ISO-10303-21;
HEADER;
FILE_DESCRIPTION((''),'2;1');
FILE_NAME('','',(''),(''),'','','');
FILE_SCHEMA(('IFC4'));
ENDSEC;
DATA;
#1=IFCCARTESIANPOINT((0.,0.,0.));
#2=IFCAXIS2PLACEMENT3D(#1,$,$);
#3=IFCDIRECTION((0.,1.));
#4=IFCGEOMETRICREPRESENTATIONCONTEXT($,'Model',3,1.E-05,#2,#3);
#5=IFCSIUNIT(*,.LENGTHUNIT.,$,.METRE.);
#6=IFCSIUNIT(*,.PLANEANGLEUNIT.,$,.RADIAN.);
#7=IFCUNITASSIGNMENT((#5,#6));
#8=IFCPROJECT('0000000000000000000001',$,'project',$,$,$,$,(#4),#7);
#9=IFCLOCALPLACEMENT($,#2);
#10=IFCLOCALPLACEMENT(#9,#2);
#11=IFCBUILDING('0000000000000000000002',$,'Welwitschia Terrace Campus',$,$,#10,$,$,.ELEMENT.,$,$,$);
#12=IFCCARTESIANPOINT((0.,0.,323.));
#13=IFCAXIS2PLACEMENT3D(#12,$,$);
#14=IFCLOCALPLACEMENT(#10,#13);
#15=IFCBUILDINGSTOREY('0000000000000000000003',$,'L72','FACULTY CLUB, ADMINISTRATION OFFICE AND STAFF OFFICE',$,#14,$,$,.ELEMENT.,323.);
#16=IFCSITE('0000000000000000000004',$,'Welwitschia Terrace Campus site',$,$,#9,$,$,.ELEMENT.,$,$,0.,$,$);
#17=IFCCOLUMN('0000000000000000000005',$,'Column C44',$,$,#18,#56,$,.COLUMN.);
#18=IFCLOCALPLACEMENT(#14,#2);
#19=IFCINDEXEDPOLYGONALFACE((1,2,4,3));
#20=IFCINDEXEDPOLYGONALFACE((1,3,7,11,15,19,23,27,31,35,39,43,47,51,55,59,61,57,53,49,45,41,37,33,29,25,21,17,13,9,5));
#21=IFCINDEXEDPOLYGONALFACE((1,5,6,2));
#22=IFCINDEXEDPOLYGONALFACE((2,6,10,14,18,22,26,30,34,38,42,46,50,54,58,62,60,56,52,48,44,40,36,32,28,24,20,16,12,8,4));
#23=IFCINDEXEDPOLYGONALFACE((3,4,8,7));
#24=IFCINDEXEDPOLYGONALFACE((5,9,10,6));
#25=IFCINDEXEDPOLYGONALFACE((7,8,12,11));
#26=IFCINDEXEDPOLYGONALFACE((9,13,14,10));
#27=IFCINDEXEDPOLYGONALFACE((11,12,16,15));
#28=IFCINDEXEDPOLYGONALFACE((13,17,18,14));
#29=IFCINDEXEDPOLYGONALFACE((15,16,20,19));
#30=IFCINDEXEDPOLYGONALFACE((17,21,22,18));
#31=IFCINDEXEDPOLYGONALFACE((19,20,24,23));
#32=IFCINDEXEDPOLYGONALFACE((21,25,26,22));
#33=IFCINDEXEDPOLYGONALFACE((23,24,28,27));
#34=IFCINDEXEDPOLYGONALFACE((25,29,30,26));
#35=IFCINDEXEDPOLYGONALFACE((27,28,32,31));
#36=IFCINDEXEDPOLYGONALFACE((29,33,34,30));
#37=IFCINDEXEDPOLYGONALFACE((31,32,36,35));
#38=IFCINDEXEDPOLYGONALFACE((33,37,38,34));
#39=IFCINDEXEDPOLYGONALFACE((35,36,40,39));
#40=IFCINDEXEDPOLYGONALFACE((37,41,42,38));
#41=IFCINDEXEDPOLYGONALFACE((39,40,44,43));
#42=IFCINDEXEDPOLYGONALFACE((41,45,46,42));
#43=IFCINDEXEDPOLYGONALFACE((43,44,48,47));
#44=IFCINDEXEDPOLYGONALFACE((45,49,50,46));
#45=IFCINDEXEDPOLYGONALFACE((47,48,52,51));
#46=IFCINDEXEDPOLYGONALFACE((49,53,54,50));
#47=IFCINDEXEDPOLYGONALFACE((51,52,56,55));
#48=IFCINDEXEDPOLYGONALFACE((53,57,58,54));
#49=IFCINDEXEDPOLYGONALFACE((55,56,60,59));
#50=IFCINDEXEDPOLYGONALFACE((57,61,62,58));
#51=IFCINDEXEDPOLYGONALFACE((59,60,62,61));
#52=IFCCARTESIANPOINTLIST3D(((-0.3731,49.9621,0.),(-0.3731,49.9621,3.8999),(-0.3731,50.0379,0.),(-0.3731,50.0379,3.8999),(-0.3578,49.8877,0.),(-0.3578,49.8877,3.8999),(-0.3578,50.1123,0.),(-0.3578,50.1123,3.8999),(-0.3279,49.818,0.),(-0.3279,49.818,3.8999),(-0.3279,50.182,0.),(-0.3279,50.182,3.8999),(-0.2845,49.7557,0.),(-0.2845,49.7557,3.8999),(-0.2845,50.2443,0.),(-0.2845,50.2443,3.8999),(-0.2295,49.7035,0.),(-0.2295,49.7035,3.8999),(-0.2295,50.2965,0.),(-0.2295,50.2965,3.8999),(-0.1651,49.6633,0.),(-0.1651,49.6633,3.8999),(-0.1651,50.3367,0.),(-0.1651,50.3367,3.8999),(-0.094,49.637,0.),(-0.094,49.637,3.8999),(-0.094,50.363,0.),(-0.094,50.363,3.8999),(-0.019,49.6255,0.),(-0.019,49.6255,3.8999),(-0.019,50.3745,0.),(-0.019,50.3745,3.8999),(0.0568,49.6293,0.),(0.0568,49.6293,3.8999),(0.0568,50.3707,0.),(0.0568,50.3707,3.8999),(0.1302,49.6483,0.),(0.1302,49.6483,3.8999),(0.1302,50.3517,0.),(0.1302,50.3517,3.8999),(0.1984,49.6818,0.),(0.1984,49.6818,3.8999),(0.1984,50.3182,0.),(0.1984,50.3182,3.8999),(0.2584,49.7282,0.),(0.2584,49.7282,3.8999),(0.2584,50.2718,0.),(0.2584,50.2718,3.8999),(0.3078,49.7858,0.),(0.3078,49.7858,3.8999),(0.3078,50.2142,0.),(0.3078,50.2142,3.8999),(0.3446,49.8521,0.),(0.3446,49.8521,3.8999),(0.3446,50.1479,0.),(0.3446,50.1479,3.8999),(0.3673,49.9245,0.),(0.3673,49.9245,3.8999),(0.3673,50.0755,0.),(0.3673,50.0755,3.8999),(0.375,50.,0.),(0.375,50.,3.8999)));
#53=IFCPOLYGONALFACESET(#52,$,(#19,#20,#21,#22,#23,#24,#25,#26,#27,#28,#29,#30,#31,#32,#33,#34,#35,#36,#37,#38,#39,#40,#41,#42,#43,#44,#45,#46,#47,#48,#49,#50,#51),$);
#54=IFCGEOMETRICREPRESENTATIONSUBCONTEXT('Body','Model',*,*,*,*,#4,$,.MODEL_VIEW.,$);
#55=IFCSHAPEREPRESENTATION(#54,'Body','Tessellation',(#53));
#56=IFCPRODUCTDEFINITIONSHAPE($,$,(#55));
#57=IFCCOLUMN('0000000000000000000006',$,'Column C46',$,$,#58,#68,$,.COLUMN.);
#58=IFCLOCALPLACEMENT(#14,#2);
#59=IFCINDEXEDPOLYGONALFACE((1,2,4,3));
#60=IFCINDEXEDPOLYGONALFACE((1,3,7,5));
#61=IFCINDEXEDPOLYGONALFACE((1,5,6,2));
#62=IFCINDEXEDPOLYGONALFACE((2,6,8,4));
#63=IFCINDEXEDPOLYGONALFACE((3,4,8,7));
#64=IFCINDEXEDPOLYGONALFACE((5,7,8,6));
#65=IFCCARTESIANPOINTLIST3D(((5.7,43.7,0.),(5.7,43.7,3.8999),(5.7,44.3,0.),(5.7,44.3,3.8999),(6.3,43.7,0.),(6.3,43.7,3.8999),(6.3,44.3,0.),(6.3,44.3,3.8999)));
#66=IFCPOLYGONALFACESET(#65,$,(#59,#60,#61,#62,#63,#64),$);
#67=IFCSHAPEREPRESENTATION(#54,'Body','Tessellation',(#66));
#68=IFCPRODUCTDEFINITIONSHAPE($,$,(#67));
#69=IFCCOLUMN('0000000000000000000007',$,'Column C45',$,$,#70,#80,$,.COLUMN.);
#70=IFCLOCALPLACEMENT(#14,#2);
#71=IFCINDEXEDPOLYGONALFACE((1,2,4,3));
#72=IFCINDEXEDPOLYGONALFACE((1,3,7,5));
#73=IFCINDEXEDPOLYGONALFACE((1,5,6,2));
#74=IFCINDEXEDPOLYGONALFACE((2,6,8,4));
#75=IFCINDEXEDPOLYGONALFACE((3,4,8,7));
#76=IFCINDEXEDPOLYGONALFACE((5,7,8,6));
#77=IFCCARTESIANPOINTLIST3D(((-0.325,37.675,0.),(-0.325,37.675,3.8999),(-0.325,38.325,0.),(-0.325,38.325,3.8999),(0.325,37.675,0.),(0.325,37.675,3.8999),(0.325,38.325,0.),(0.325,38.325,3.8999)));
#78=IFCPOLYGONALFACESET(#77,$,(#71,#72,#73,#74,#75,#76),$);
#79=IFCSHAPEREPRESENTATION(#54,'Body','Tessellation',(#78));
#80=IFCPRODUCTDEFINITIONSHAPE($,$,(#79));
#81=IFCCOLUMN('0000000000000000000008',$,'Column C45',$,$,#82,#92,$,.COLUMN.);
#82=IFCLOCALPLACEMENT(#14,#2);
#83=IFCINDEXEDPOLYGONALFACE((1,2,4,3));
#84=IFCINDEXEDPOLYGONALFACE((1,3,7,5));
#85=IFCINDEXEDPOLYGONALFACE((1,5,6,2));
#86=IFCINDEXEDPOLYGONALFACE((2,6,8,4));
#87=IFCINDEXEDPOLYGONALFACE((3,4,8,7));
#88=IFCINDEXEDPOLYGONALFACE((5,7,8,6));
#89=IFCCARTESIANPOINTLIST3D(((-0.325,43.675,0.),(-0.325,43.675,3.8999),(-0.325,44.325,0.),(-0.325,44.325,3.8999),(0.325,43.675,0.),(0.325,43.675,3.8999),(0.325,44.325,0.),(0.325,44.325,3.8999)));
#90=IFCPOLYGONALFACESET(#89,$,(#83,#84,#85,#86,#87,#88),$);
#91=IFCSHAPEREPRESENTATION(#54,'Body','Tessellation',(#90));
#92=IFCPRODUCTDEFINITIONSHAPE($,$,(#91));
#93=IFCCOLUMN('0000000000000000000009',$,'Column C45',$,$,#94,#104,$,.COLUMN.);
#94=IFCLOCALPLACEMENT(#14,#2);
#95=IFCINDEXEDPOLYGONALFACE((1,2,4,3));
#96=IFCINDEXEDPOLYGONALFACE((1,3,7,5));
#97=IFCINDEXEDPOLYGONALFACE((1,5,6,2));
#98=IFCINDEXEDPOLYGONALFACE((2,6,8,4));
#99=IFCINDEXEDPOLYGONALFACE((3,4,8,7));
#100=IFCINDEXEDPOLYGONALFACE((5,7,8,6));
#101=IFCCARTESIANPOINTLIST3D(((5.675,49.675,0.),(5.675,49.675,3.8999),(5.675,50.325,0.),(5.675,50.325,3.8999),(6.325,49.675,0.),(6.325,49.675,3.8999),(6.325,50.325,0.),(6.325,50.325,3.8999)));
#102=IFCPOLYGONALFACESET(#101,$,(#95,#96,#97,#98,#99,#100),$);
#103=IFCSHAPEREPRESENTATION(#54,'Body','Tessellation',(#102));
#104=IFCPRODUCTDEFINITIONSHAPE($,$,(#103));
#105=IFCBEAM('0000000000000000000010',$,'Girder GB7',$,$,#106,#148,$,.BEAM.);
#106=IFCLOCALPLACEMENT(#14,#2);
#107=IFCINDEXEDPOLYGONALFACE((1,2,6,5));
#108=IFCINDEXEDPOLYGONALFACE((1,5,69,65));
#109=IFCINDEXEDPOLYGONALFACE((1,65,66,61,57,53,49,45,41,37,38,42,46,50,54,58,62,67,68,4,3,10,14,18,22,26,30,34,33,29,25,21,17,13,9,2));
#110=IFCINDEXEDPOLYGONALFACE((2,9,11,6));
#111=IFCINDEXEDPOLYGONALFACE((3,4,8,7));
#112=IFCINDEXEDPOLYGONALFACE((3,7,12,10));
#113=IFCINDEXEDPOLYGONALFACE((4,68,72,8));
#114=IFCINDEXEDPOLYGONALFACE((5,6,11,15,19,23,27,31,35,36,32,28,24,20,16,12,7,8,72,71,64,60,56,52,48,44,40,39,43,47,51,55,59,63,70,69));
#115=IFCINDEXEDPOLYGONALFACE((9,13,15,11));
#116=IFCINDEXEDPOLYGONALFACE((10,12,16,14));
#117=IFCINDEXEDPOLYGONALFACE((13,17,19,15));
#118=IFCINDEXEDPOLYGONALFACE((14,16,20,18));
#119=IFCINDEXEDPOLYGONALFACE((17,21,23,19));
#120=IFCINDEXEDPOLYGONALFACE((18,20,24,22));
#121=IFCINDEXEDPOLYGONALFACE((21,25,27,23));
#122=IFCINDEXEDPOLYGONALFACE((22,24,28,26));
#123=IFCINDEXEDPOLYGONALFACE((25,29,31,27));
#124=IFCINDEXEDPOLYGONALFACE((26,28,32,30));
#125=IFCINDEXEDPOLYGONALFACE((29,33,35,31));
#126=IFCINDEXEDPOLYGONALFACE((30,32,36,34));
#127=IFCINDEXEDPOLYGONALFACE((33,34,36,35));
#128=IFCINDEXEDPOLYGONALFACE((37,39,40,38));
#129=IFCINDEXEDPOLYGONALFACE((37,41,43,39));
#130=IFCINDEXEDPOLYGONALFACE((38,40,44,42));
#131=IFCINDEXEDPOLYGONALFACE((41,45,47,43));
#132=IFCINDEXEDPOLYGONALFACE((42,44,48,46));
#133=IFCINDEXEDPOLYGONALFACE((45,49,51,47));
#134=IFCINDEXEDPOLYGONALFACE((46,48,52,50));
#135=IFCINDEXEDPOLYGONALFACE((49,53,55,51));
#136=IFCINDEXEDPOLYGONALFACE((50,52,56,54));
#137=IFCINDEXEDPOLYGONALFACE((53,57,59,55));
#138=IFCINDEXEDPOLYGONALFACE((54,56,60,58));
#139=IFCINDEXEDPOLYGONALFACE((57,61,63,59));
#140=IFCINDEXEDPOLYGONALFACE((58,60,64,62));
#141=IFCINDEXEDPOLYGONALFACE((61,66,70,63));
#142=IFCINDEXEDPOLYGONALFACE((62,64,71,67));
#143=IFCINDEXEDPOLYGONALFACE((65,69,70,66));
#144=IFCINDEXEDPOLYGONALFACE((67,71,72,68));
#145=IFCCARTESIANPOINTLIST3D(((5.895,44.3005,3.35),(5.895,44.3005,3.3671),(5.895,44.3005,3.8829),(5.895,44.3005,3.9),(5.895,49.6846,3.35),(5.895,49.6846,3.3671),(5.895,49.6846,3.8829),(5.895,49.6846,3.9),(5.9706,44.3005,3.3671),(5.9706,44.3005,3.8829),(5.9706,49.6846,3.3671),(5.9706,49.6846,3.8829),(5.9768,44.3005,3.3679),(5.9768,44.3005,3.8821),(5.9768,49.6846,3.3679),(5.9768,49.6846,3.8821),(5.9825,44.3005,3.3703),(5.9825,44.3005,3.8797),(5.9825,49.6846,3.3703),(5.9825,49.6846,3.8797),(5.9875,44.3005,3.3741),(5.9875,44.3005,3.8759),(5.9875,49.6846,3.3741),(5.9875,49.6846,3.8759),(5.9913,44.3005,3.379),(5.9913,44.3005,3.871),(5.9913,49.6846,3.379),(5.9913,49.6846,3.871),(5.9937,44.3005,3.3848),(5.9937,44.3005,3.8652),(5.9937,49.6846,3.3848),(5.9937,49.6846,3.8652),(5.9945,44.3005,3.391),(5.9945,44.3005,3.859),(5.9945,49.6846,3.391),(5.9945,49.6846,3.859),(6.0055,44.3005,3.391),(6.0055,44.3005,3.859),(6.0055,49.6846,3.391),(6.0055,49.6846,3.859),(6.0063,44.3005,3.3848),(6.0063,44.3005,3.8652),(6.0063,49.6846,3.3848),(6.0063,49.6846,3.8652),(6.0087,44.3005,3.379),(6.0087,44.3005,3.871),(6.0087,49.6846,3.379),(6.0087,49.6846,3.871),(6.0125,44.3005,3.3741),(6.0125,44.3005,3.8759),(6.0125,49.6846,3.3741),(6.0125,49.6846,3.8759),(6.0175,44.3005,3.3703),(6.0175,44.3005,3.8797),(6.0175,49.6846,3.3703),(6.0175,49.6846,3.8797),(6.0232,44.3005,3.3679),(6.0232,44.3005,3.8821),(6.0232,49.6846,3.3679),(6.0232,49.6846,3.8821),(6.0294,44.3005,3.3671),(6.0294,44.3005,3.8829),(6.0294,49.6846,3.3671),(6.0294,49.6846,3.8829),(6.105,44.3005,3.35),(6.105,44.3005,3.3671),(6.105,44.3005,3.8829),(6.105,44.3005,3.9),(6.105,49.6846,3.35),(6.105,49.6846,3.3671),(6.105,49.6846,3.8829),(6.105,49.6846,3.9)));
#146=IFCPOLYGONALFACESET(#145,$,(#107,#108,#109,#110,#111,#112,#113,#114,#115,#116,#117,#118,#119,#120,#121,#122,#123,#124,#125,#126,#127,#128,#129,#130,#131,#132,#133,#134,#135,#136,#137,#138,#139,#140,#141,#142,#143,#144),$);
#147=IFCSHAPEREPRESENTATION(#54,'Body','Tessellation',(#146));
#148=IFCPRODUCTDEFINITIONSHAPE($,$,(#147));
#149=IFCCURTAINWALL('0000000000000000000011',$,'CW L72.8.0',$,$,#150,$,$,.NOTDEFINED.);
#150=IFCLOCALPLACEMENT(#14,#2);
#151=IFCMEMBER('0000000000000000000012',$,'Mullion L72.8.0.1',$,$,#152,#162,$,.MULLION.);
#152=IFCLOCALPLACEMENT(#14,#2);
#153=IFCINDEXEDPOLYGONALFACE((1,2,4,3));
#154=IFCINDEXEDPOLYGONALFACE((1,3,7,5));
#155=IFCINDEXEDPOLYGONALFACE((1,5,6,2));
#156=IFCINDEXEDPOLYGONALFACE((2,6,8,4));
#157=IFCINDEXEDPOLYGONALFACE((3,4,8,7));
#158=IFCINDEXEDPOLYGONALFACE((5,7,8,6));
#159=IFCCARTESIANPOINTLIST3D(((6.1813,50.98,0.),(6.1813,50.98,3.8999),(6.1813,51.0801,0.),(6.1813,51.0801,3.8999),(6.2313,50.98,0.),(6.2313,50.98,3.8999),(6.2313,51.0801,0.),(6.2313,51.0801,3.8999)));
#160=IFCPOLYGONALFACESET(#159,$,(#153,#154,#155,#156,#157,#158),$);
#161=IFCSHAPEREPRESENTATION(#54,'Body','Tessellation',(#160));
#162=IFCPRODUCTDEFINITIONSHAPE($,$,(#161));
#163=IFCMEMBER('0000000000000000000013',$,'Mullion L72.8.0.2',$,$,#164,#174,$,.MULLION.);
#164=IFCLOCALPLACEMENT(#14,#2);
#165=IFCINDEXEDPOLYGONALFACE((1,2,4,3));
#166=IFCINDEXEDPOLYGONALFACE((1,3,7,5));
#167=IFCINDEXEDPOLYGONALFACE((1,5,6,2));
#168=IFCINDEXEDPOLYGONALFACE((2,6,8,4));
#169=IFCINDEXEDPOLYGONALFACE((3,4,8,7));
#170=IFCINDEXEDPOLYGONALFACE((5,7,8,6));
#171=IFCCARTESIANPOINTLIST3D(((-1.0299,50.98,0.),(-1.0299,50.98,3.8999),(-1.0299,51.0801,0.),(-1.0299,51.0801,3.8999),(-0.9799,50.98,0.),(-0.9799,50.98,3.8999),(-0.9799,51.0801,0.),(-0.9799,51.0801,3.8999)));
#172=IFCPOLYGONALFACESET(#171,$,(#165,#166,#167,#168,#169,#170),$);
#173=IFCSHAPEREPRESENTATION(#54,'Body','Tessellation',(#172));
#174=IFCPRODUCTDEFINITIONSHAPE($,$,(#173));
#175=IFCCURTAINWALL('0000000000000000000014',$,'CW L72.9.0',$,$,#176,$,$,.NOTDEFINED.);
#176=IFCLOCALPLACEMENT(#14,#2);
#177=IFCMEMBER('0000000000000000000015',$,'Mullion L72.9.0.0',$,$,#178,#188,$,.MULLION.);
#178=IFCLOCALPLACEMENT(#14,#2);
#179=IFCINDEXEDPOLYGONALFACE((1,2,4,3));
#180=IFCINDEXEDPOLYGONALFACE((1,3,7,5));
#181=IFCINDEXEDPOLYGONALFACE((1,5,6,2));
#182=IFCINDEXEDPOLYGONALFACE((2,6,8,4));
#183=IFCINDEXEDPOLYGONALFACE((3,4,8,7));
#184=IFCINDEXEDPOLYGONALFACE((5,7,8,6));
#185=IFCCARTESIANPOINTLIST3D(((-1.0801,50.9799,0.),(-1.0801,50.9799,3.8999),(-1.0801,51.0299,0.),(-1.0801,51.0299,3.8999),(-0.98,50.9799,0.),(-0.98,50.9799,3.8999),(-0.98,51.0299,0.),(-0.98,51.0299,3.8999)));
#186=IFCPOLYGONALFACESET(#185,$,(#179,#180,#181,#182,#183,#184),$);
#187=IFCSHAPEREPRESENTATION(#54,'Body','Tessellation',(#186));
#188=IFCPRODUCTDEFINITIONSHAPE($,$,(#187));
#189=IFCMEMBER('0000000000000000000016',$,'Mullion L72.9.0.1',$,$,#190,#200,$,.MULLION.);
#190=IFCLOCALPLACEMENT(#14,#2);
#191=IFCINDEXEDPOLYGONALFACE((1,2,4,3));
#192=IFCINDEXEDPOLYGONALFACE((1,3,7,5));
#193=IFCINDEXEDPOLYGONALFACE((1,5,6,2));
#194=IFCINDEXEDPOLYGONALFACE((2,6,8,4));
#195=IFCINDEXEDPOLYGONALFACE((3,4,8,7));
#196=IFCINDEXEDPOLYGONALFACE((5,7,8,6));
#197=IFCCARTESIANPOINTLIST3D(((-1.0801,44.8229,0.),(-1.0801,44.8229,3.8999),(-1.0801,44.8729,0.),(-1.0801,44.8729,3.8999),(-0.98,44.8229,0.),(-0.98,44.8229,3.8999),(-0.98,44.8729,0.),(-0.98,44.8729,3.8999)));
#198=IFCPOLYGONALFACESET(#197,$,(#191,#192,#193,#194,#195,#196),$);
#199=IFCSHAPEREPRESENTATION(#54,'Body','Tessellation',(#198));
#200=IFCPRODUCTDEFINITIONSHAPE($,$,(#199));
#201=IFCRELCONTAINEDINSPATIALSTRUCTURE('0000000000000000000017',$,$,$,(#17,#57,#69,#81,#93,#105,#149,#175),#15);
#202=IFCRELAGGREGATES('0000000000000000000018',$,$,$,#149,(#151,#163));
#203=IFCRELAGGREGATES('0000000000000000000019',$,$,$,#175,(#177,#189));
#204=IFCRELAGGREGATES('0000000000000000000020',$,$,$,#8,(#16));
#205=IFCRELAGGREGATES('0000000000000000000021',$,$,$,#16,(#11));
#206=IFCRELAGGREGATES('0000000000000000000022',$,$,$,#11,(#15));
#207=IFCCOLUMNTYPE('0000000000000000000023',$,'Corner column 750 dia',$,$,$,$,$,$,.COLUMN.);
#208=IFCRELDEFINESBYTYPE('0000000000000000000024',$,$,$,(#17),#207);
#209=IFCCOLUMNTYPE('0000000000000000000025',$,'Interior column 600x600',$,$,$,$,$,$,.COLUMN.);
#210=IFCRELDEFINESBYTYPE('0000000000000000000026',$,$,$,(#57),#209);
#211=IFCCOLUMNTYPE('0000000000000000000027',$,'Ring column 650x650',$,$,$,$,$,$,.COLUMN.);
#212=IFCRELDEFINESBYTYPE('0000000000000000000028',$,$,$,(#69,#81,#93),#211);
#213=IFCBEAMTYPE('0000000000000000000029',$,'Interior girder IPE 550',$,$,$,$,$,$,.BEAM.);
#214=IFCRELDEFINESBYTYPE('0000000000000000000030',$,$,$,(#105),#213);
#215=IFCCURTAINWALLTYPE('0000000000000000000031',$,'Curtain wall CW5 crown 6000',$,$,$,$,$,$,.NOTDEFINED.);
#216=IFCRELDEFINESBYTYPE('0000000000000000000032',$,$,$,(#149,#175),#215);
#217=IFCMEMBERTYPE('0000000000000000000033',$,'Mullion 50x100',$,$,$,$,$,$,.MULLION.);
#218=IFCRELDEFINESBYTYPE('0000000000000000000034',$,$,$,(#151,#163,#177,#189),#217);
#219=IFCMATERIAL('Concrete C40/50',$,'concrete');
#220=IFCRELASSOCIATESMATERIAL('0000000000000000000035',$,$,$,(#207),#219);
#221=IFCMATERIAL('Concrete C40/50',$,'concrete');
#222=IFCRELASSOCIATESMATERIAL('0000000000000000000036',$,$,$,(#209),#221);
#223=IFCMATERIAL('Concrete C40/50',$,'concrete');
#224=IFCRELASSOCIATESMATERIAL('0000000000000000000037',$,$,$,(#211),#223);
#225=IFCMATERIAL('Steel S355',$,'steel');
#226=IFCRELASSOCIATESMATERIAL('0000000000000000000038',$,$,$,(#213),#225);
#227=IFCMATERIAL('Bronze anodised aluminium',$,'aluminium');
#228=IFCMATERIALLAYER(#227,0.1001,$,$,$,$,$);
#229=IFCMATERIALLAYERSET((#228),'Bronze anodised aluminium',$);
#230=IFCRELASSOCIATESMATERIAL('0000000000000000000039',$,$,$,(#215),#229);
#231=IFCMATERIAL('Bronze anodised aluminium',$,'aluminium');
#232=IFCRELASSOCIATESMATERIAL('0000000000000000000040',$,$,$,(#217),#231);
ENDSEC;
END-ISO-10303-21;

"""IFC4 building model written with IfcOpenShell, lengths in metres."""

from ifc_helpers import new_model, si_unit, direction, frame, origin, origin_2d, place, context, subcontext, project, spatial, rectangle, circle, i_section, extrude, material, layer, layer_set, material_profile, profile_set, type_object, element, aggregate, save


model = new_model("IFC4")

# Units and contexts
model_context = context("Model", 3, precision=1e-05, world=origin(), true_north=direction((0.0, 1.0)))
body_context = subcontext(model_context, "Body", "Model", "MODEL_VIEW")
ifc_project = project(units=[si_unit("LENGTHUNIT", "METRE"), si_unit("PLANEANGLEUNIT", "RADIAN")], contexts=[model_context])

# Site, building, storey
site_placement = place(None, origin())
site = spatial("IfcSite", under=ifc_project, at=site_placement, Name="Welwitschia Terrace Campus site", CompositionType="ELEMENT", RefElevation=0.0)
building_placement = place(site_placement, origin())
building = spatial("IfcBuilding", under=site, at=building_placement, Name="Welwitschia Terrace Campus", CompositionType="ELEMENT")
storey_placement = place(building_placement, frame((0.0, 0.0, 323.0)))
storey = spatial("IfcBuildingStorey", under=building, at=storey_placement, Name="L72", Description="FACULTY CLUB, ADMINISTRATION OFFICE AND STAFF OFFICE", CompositionType="ELEMENT", Elevation=323.0)

# Columns
ifc_material_1 = material(Name="Concrete C40/50", Category="concrete")
ifc_material_profile_1 = material_profile(ifc_material_1, circle(Radius=0.375, at=origin_2d()))
ifc_profile_set_1 = profile_set([ifc_material_profile_1], Name="Concrete C40/50")
column_type_1 = type_object("IfcColumnType", Name="Corner column 750 dia", PredefinedType="COLUMN", material=ifc_profile_set_1)
column_1_placement = place(storey_placement, frame((0.0, 50.0, 0.0), z_axis=(0.0, 0.0, 1.0), x_axis=(1.0, 0.0, 0.0)))
element("IfcColumn", 1, at=column_1_placement, inside=storey, type_object=column_type_1, Name="Column C44", PredefinedType="COLUMN", context=body_context, shape_type="SweptSolid", body=[
    extrude(circle(Radius=0.375, at=origin_2d()), origin(), (0.0, 0.0, 1.0), 3.8999),
])
ifc_material_2 = material(Name="Concrete C40/50", Category="concrete")
ifc_material_profile_2 = material_profile(ifc_material_2, rectangle(XDim=0.6001, YDim=0.6001, at=origin_2d()))
ifc_profile_set_2 = profile_set([ifc_material_profile_2], Name="Concrete C40/50")
column_type_2 = type_object("IfcColumnType", Name="Interior column 600x600", PredefinedType="COLUMN", material=ifc_profile_set_2)
column_2_placement = place(storey_placement, frame((6.0, 44.0, 0.0), z_axis=(0.0, 0.0, 1.0), x_axis=(1.0, 0.0, 0.0)))
element("IfcColumn", 2, at=column_2_placement, inside=storey, type_object=column_type_2, Name="Column C46", PredefinedType="COLUMN", context=body_context, shape_type="SweptSolid", body=[
    extrude(rectangle(XDim=0.6001, YDim=0.6001, at=origin_2d()), origin(), (0.0, 0.0, 1.0), 3.8999),
])
ifc_material_3 = material(Name="Concrete C40/50", Category="concrete")
ifc_material_profile_3 = material_profile(ifc_material_3, rectangle(XDim=0.6499, YDim=0.6499, at=origin_2d()))
ifc_profile_set_3 = profile_set([ifc_material_profile_3], Name="Concrete C40/50")
column_type_3 = type_object("IfcColumnType", Name="Ring column 650x650", PredefinedType="COLUMN", material=ifc_profile_set_3)
for number, where, z_axis, x_axis, name in (
    (3, (0.0, 38.0, 0.0), (0.0, 0.0, 1.0), (1.0, 0.0, 0.0), "Column C45"),
    (4, (0.0, 44.0, 0.0), (0.0, 0.0, 1.0), (1.0, 0.0, 0.0), "Column C45"),
    (5, (6.0, 50.0, 0.0), (0.0, 0.0, 1.0), (1.0, 0.0, 0.0), "Column C45"),
):
    element("IfcColumn", number, at=place(storey_placement, frame(where, z_axis=z_axis, x_axis=x_axis)), inside=storey, type_object=column_type_3, Name=name, PredefinedType="COLUMN", context=body_context, shape_type="SweptSolid", body=[
        extrude(rectangle(XDim=0.6499, YDim=0.6499, at=origin_2d()), origin(), (0.0, 0.0, 1.0), 3.8999),
    ])

# Beam
ifc_material_4 = material(Name="Steel S355", Category="steel")
ifc_material_profile_4 = material_profile(ifc_material_4, i_section(OverallWidth=0.21, OverallDepth=0.55, WebThickness=0.011, FlangeThickness=0.0171, FilletRadius=0.0239, at=origin_2d()))
ifc_profile_set_4 = profile_set([ifc_material_profile_4], Name="Steel S355")
beam_type_1 = type_object("IfcBeamType", Name="Interior girder IPE 550", PredefinedType="BEAM", material=ifc_profile_set_4)
beam_1_placement = place(storey_placement, frame((6.0, 44.3005, 3.625), z_axis=(0.0, 1.0, 0.0), x_axis=(-1.0, 0.0, 0.0)))
element("IfcBeam", 6, at=beam_1_placement, inside=storey, type_object=beam_type_1, Name="Girder GB7", PredefinedType="BEAM", context=body_context, shape_type="SweptSolid", body=[
    extrude(i_section(OverallWidth=0.21, OverallDepth=0.55, WebThickness=0.011, FlangeThickness=0.0171, FilletRadius=0.0239, at=origin_2d()), origin(), (0.0, 0.0, 1.0), 5.384),
])

# Curtain walls, members
ifc_material_5 = material(Name="Bronze anodised aluminium", Category="aluminium")
ifc_layer_1 = layer(ifc_material_5, 0.1001)
ifc_layer_set_1 = layer_set([ifc_layer_1], Name="Bronze anodised aluminium")
curtain_wall_type = type_object("IfcCurtainWallType", Name="Curtain wall CW5 crown 6000", PredefinedType="NOTDEFINED", material=ifc_layer_set_1)
curtain_wall_1_placement = place(storey_placement, origin())
curtain_wall_1 = element("IfcCurtainWall", 7, at=curtain_wall_1_placement, inside=storey, type_object=curtain_wall_type, Name="CW L72.8.0", PredefinedType="NOTDEFINED")
ifc_material_6 = material(Name="Bronze anodised aluminium", Category="aluminium")
ifc_material_profile_5 = material_profile(ifc_material_6, rectangle(XDim=0.1001, YDim=0.05, at=origin_2d()))
ifc_profile_set_5 = profile_set([ifc_material_profile_5], Name="Bronze anodised aluminium")
member_type_1 = type_object("IfcMemberType", Name="Mullion 50x100", PredefinedType="MULLION", material=ifc_profile_set_5)
member_1_placement = place(storey_placement, frame((6.2063, 51.03, 0.0), z_axis=(0.0, 0.0, 1.0), x_axis=(0.0, -1.0, 0.0)))
member_1 = element("IfcMember", 8, at=member_1_placement, type_object=member_type_1, Name="Mullion L72.8.0.1", PredefinedType="MULLION", context=body_context, shape_type="SweptSolid", body=[
    extrude(rectangle(XDim=0.1001, YDim=0.05, at=origin_2d()), origin(), (0.0, 0.0, 1.0), 3.8999),
])
member_2_placement = place(storey_placement, frame((-1.0049, 51.03, 0.0), z_axis=(0.0, 0.0, 1.0), x_axis=(0.0, -1.0, 0.0)))
member_2 = element("IfcMember", 9, at=member_2_placement, type_object=member_type_1, Name="Mullion L72.8.0.2", PredefinedType="MULLION", context=body_context, shape_type="SweptSolid", body=[
    extrude(rectangle(XDim=0.1001, YDim=0.05, at=origin_2d()), origin(), (0.0, 0.0, 1.0), 3.8999),
])
curtain_wall_2_placement = place(storey_placement, origin())
curtain_wall_2 = element("IfcCurtainWall", 10, at=curtain_wall_2_placement, inside=storey, type_object=curtain_wall_type, Name="CW L72.9.0", PredefinedType="NOTDEFINED")
member_3_placement = place(storey_placement, frame((-1.03, 51.0049, 0.0), z_axis=(0.0, 0.0, 1.0), x_axis=(1.0, 0.0, 0.0)))
member_3 = element("IfcMember", 11, at=member_3_placement, type_object=member_type_1, Name="Mullion L72.9.0.0", PredefinedType="MULLION", context=body_context, shape_type="SweptSolid", body=[
    extrude(rectangle(XDim=0.1001, YDim=0.05, at=origin_2d()), origin(), (0.0, 0.0, 1.0), 3.8999),
])
member_4_placement = place(storey_placement, frame((-1.03, 44.8479, 0.0), z_axis=(0.0, 0.0, 1.0), x_axis=(1.0, 0.0, 0.0)))
member_4 = element("IfcMember", 12, at=member_4_placement, type_object=member_type_1, Name="Mullion L72.9.0.1", PredefinedType="MULLION", context=body_context, shape_type="SweptSolid", body=[
    extrude(rectangle(XDim=0.1001, YDim=0.05, at=origin_2d()), origin(), (0.0, 0.0, 1.0), 3.8999),
])

aggregate(curtain_wall_1, [member_1, member_2])
aggregate(curtain_wall_2, [member_3, member_4])

save(model, "model.ifc")
